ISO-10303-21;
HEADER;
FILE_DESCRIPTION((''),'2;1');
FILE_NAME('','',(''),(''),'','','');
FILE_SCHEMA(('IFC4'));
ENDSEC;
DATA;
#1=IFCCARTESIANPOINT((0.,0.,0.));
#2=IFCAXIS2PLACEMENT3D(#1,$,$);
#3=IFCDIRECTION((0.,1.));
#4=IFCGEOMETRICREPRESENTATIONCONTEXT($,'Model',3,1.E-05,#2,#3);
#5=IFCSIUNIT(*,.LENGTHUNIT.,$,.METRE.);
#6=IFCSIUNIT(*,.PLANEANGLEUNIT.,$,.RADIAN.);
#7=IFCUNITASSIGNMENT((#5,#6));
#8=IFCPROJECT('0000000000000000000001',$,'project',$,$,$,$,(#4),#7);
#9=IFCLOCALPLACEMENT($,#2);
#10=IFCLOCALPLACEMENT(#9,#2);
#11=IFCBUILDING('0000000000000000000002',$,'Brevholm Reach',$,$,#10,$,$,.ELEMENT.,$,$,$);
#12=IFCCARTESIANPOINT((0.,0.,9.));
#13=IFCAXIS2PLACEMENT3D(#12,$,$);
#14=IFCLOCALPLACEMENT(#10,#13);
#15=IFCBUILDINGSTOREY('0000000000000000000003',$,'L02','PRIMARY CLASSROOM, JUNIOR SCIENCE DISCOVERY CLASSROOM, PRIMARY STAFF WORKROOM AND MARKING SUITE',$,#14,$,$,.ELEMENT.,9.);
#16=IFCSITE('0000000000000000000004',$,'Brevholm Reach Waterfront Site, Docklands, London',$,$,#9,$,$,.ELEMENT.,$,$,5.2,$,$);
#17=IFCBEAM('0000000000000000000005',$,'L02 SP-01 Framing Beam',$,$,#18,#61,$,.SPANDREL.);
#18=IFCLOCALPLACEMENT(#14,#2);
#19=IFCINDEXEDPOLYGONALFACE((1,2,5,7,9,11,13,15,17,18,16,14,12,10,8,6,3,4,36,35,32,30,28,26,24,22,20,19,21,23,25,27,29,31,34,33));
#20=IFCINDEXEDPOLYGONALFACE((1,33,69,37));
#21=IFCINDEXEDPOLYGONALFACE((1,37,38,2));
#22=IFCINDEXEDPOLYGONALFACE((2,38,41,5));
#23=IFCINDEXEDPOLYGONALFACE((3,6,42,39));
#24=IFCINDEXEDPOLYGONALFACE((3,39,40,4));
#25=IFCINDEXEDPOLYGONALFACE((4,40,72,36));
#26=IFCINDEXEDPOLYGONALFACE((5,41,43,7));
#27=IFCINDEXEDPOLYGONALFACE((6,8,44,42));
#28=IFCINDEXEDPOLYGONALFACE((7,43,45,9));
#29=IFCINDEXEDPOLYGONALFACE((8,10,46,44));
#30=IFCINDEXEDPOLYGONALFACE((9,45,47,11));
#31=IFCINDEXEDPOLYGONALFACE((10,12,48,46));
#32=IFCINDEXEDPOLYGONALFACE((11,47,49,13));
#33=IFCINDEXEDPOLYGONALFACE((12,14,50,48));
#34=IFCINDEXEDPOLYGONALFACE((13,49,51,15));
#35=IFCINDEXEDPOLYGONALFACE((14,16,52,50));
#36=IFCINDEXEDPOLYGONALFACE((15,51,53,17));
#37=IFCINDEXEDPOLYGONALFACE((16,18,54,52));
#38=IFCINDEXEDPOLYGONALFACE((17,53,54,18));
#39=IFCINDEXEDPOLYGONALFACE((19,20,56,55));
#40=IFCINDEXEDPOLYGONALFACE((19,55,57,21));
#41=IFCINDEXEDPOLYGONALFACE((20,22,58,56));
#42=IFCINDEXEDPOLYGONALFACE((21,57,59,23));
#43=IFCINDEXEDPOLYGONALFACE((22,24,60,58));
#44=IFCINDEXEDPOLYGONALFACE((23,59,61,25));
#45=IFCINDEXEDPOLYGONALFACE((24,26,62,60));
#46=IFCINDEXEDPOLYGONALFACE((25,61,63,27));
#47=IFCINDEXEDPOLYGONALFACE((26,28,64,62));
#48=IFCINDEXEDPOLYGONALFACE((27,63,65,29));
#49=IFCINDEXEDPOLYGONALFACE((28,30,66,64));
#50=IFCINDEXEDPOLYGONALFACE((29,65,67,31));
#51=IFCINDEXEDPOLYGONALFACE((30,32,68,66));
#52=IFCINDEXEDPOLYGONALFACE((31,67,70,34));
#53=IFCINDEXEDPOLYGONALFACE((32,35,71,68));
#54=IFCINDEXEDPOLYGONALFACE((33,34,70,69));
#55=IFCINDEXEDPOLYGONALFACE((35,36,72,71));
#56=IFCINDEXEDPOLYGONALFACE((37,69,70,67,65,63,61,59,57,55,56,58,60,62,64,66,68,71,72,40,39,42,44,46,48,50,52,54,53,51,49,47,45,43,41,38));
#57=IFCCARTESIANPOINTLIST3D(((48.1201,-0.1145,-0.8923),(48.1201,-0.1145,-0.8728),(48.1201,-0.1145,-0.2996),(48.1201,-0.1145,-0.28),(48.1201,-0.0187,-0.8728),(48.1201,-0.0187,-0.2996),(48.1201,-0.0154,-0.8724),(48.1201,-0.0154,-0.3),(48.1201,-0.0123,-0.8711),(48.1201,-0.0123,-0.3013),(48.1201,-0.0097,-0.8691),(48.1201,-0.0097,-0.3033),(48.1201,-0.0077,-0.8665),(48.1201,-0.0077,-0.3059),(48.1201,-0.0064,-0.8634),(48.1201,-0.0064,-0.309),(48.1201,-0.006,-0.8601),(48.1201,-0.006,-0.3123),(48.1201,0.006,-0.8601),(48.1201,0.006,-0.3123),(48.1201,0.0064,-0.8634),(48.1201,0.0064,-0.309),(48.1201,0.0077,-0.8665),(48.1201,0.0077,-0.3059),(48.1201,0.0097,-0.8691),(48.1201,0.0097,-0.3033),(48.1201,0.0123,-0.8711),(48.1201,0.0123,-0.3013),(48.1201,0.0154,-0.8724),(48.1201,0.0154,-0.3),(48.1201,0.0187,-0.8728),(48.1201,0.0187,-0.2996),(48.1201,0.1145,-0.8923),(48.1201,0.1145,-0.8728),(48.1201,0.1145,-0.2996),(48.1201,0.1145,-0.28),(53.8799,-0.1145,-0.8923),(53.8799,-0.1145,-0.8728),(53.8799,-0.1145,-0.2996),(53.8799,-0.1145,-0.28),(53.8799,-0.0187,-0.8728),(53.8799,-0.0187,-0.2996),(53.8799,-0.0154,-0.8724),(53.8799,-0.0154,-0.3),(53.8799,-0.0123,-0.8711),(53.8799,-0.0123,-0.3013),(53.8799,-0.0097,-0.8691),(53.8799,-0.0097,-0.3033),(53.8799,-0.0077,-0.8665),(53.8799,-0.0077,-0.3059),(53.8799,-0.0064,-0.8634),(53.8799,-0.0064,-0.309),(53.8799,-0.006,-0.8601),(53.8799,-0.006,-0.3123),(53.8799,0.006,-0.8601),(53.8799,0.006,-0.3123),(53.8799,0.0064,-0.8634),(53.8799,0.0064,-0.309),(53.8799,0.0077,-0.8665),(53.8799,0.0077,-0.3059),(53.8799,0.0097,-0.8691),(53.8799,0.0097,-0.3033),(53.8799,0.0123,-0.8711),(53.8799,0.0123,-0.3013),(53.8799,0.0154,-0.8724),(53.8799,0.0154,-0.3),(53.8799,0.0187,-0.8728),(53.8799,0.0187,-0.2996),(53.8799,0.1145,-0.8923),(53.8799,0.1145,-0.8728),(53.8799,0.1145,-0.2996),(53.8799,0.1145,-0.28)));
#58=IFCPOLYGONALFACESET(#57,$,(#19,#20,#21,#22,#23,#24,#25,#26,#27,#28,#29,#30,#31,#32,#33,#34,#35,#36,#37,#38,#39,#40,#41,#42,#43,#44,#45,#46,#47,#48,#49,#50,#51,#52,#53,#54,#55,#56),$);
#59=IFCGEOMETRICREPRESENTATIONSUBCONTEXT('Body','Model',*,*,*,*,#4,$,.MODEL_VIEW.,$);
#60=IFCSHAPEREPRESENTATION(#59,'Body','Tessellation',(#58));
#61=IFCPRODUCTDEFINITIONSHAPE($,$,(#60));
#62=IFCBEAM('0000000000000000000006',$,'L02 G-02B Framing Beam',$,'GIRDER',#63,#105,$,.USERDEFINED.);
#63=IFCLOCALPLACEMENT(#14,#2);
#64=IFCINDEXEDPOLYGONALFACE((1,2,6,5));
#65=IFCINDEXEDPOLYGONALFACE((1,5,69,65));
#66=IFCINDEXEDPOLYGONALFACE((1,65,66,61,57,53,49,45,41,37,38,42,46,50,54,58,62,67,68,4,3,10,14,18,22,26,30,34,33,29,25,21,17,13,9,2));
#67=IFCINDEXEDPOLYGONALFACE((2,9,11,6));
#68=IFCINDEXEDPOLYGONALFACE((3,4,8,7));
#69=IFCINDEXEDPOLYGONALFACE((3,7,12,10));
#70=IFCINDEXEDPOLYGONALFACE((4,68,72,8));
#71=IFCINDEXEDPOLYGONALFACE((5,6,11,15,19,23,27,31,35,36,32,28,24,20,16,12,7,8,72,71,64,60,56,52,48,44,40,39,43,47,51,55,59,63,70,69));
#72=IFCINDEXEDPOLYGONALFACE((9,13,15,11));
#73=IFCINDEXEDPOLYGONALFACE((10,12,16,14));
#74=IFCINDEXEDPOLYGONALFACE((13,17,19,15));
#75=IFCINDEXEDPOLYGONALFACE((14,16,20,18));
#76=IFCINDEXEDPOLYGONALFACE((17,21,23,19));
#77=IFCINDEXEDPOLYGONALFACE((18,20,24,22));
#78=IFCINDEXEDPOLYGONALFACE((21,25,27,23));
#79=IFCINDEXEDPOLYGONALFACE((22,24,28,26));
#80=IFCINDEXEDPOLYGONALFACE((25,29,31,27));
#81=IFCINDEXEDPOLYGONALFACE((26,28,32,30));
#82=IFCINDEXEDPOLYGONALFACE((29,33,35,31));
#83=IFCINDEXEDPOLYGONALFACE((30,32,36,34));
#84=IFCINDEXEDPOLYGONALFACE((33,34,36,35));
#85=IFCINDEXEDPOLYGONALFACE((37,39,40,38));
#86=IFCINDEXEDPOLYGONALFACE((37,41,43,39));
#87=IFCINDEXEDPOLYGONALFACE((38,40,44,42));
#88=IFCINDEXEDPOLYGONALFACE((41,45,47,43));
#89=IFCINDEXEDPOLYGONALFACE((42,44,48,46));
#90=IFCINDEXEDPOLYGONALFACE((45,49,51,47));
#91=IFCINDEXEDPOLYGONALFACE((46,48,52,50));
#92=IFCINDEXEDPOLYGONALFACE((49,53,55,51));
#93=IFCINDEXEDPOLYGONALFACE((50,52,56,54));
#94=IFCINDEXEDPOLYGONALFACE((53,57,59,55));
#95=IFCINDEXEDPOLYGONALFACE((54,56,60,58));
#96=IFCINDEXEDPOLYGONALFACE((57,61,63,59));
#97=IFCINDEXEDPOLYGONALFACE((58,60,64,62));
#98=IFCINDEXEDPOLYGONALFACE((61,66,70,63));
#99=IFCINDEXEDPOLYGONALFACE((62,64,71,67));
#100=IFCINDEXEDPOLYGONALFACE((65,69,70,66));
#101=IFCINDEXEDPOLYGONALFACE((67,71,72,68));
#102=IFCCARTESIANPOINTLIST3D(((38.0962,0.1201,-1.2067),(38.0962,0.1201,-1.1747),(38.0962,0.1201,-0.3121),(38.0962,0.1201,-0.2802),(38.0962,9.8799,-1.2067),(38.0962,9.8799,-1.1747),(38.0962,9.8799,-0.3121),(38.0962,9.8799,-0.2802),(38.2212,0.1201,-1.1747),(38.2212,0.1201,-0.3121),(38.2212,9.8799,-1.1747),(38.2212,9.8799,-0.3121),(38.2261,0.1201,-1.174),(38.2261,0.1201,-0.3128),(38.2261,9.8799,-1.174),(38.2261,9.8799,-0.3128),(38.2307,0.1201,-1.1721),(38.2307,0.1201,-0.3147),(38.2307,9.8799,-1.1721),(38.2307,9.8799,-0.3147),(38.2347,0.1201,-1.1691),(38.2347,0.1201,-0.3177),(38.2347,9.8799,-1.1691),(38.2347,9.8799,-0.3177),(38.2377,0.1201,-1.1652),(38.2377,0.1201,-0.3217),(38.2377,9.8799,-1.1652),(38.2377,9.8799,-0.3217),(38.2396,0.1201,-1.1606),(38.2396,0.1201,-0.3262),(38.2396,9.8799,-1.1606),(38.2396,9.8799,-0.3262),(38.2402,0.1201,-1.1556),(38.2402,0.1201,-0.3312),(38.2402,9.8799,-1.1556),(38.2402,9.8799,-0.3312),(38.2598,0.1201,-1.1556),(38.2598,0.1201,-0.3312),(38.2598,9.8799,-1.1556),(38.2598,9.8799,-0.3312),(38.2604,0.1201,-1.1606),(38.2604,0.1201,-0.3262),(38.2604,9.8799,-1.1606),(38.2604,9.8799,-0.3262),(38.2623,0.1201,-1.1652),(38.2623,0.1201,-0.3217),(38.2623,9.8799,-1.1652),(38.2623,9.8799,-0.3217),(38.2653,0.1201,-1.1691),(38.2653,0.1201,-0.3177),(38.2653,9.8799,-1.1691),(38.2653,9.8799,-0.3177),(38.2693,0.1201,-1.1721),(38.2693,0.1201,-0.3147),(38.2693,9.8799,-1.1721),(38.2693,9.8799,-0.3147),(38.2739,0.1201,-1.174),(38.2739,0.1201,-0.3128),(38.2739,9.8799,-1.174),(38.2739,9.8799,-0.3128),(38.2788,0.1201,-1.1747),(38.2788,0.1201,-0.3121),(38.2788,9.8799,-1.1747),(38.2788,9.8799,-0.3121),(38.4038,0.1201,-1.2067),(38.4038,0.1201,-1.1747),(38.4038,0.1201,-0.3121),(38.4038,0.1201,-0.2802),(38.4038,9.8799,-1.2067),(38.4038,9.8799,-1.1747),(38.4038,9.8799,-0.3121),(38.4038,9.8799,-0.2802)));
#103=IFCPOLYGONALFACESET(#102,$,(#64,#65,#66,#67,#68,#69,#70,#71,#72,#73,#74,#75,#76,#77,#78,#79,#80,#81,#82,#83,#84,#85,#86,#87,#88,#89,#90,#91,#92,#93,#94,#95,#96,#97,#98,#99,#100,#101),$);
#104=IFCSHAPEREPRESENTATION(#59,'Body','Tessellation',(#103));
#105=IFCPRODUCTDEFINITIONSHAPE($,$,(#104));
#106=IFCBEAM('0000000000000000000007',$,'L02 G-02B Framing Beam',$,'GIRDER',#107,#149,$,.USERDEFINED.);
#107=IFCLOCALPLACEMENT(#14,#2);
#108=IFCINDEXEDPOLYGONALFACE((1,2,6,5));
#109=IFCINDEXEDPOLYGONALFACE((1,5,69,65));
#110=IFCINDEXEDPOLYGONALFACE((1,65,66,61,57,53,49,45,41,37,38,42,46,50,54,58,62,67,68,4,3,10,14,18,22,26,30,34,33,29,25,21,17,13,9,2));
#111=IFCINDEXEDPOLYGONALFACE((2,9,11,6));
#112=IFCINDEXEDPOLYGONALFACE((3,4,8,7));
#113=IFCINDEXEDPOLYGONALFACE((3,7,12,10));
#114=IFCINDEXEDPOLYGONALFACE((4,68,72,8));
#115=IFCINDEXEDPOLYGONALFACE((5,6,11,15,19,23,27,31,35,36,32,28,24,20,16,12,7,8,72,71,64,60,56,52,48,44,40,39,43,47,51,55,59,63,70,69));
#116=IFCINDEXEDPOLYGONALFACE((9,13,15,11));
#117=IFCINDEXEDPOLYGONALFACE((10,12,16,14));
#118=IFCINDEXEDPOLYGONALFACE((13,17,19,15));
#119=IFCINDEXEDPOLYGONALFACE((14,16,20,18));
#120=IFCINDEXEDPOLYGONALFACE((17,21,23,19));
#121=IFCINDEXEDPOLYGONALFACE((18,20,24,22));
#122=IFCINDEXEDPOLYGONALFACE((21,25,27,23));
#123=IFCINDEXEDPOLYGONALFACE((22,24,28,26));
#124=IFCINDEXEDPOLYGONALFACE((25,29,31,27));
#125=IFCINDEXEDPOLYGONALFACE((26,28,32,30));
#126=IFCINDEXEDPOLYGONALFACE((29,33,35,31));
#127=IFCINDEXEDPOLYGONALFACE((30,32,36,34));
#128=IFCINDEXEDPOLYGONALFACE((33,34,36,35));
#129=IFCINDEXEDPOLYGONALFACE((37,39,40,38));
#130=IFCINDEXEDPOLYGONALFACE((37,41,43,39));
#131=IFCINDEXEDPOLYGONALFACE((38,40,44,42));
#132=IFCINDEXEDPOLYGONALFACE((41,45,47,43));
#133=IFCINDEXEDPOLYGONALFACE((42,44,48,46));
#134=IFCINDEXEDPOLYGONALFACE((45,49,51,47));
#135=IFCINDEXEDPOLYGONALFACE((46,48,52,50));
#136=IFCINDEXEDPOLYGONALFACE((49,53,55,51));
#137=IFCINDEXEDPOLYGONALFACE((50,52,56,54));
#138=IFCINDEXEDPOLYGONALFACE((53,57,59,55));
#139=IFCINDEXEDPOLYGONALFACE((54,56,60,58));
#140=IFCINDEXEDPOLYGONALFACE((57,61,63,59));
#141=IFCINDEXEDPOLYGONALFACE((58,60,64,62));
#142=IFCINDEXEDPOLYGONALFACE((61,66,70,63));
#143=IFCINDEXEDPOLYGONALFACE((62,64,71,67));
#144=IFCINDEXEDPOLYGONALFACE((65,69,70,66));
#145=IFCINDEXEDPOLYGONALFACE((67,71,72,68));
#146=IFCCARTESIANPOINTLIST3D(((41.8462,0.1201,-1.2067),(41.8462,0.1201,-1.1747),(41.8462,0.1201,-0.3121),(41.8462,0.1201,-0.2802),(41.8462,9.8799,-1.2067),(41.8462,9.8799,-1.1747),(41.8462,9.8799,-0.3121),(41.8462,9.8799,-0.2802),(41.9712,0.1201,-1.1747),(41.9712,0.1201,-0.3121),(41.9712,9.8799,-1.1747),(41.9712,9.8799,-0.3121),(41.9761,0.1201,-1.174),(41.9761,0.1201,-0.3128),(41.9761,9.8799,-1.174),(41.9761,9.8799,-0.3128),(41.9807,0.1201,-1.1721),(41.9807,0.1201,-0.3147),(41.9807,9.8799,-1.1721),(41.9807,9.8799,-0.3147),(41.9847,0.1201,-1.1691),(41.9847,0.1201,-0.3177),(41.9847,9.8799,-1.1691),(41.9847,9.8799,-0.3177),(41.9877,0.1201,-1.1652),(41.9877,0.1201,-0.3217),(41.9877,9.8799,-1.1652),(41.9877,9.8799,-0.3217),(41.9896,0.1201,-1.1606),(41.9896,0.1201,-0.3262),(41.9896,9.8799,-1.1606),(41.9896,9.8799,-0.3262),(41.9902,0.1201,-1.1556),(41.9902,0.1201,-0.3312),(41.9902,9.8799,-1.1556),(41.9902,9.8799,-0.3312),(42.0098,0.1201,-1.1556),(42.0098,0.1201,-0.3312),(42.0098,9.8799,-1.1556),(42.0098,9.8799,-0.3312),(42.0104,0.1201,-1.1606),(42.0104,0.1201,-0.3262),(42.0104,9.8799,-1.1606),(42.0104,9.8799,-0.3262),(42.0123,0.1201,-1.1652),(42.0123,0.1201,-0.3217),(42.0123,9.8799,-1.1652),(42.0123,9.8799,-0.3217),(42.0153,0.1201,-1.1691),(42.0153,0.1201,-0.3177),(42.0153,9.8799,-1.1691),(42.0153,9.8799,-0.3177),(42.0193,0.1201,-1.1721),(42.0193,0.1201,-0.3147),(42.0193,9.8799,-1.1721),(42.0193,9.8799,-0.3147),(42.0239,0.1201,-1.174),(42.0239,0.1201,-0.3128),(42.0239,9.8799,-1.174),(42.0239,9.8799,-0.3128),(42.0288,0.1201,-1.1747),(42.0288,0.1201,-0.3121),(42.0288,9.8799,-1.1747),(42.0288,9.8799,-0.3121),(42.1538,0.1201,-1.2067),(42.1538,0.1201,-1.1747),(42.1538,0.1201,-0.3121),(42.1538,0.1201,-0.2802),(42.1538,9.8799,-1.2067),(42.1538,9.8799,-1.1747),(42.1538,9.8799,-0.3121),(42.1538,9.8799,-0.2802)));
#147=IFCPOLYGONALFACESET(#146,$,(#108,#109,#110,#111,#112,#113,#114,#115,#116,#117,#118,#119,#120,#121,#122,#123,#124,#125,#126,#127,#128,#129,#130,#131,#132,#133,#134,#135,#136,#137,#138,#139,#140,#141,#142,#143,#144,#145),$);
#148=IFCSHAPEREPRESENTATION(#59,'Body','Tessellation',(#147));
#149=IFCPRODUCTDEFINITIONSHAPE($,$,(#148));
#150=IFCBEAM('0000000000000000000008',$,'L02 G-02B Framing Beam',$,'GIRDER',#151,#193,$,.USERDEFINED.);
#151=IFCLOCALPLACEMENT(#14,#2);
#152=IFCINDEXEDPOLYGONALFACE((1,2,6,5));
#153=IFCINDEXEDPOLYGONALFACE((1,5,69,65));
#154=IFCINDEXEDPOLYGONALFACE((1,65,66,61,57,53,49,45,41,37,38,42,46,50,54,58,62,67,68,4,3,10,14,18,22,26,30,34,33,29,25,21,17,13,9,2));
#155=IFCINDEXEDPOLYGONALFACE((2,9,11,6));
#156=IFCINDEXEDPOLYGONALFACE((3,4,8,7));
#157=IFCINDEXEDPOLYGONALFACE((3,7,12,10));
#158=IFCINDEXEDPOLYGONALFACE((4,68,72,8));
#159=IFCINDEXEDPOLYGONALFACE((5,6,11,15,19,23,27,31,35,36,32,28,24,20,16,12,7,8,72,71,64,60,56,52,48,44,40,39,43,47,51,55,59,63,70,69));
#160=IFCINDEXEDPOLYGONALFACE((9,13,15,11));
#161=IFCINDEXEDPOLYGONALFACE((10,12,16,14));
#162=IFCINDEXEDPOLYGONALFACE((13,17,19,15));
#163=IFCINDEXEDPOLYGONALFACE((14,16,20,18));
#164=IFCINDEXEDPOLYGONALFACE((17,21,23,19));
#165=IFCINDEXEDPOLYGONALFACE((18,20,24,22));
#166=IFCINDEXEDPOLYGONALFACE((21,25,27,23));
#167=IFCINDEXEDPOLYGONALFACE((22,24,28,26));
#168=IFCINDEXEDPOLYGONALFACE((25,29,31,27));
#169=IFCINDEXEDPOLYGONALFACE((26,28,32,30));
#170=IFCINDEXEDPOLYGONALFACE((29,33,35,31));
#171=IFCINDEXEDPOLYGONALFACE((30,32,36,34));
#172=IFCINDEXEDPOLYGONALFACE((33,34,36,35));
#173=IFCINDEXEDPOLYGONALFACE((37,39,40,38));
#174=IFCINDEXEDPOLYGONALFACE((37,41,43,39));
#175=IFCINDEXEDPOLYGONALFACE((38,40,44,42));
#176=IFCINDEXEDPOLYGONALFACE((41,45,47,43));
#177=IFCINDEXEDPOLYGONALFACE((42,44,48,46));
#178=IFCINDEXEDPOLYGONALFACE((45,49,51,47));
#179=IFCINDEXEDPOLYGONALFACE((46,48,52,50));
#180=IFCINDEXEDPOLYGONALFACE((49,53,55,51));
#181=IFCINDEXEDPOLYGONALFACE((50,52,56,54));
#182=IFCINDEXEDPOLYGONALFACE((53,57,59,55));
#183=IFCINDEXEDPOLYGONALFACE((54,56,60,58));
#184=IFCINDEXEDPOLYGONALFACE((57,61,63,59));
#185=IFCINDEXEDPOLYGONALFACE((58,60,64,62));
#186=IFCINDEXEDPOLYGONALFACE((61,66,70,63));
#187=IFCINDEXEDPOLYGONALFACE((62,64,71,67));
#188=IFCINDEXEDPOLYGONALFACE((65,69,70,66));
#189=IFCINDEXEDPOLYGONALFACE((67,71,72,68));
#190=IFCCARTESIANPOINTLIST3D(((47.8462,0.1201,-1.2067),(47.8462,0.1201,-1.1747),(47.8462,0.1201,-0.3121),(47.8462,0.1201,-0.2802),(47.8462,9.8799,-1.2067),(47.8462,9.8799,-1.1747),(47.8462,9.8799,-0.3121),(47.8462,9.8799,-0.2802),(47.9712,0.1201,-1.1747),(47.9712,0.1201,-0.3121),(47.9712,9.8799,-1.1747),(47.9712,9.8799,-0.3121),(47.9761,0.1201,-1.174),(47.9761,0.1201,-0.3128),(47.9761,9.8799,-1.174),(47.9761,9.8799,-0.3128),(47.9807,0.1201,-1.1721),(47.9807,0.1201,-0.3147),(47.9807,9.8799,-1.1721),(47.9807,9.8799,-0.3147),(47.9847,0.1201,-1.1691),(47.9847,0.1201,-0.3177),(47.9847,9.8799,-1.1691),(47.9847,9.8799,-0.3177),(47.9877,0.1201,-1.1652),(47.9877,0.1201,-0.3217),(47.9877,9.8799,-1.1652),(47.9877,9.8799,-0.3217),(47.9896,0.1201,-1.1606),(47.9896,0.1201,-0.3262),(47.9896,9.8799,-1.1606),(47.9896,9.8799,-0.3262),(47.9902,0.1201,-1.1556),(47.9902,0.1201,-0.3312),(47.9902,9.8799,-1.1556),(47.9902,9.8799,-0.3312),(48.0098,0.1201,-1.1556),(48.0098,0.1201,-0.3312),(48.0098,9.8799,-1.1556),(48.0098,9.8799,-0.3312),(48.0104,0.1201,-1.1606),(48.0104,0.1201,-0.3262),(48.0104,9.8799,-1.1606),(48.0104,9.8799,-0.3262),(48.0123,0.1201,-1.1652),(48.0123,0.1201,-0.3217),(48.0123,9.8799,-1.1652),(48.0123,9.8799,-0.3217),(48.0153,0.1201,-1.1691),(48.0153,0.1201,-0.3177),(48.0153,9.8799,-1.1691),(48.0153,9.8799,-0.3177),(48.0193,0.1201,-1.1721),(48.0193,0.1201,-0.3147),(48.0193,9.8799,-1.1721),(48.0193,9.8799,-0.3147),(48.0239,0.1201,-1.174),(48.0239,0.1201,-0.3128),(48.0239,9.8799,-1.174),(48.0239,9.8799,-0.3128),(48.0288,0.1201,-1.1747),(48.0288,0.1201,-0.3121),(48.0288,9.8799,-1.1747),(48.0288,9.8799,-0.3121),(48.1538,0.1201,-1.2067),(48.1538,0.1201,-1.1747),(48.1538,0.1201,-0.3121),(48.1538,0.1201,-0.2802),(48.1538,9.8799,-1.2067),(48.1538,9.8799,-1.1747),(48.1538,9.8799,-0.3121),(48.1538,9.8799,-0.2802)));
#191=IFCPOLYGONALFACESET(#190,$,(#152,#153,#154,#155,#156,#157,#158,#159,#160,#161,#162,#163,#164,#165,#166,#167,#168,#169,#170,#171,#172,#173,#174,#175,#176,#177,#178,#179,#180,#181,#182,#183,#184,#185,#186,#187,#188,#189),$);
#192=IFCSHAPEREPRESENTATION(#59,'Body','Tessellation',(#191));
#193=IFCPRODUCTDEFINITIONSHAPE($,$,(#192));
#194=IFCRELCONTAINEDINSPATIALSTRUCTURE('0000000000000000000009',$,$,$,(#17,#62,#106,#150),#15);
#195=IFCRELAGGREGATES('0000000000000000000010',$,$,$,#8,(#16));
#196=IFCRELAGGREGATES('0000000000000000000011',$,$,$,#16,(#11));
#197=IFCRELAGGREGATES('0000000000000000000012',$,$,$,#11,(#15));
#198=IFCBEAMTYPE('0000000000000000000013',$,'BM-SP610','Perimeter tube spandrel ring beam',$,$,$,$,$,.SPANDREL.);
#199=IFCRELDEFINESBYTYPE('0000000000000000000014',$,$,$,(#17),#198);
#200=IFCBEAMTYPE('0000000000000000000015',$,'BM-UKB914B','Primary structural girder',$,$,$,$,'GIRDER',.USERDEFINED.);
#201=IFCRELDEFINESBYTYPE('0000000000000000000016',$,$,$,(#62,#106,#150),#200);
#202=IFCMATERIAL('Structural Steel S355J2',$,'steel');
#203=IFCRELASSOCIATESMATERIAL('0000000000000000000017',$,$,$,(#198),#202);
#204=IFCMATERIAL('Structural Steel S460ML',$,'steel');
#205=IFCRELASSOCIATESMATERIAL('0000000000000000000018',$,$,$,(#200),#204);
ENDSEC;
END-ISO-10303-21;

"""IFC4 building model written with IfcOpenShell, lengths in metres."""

from ifc_helpers import new_model, si_unit, direction, frame, origin, origin_2d, place, context, subcontext, project, spatial, i_section, extrude, material, material_profile, profile_set, type_object, element, save


model = new_model("IFC4")

# Units and contexts
model_context = context("Model", 3, precision=1e-05, world=origin(), true_north=direction((0.0, 1.0)))
body_context = subcontext(model_context, "Body", "Model", "MODEL_VIEW")
ifc_project = project(units=[si_unit("LENGTHUNIT", "METRE"), si_unit("PLANEANGLEUNIT", "RADIAN")], contexts=[model_context])

# Site, building, storey
site_placement = place(None, origin())
site = spatial("IfcSite", under=ifc_project, at=site_placement, Name="Brevholm Reach Waterfront Site, Docklands, London", CompositionType="ELEMENT", RefElevation=5.2)
building_placement = place(site_placement, origin())
building = spatial("IfcBuilding", under=site, at=building_placement, Name="Brevholm Reach", CompositionType="ELEMENT")
storey_placement = place(building_placement, frame((0.0, 0.0, 9.0)))
storey = spatial("IfcBuildingStorey", under=building, at=storey_placement, Name="L02", Description="PRIMARY CLASSROOM, JUNIOR SCIENCE DISCOVERY CLASSROOM, PRIMARY STAFF WORKROOM AND MARKING SUITE", CompositionType="ELEMENT", Elevation=9.0)

# Beams
ifc_material_1 = material(Name="Structural Steel S355J2", Category="steel")
ifc_material_profile_1 = material_profile(ifc_material_1, i_section(OverallWidth=0.229, OverallDepth=0.6123, WebThickness=0.012, FlangeThickness=0.0195, FilletRadius=0.0127, at=origin_2d()), Name="UKB 610x229x125")
ifc_profile_set_1 = profile_set([ifc_material_profile_1], Name="Structural Steel S355J2")
beam_type_1 = type_object("IfcBeamType", Name="BM-SP610", Description="Perimeter tube spandrel ring beam", PredefinedType="SPANDREL", material=ifc_profile_set_1)
for number, where, z_axis, x_axis, name in (
    (1, (48.1201, 0.0, -0.5862), (1.0, 0.0, 0.0), (0.0, 1.0, 0.0), "L02 SP-01 Framing Beam"),
):
    element("IfcBeam", number, at=place(storey_placement, frame(where, z_axis=z_axis, x_axis=x_axis)), inside=storey, type_object=beam_type_1, Name=name, PredefinedType="SPANDREL", context=body_context, shape_type="SweptSolid", body=[
        extrude(i_section(OverallWidth=0.229, OverallDepth=0.6123, WebThickness=0.012, FlangeThickness=0.0195, FilletRadius=0.0127, at=origin_2d()), origin(), (0.0, 0.0, 1.0), 5.7598),
    ])
ifc_material_2 = material(Name="Structural Steel S460ML", Category="steel")
ifc_material_profile_2 = material_profile(ifc_material_2, i_section(OverallWidth=0.3076, OverallDepth=0.9265, WebThickness=0.0195, FlangeThickness=0.032, FilletRadius=0.019, at=origin_2d()), Name="UKB 914x305x289")
ifc_profile_set_2 = profile_set([ifc_material_profile_2], Name="Structural Steel S460ML")
beam_type_2 = type_object("IfcBeamType", Name="BM-UKB914B", Description="Primary structural girder", ElementType="GIRDER", PredefinedType="USERDEFINED", material=ifc_profile_set_2)
for number, where, z_axis, x_axis, name in (
    (2, (38.25, 0.1201, -0.7434), (0.0, 1.0, 0.0), (-1.0, 0.0, 0.0), "L02 G-02B Framing Beam"),
    (3, (42.0, 0.1201, -0.7434), (0.0, 1.0, 0.0), (-1.0, 0.0, 0.0), "L02 G-02B Framing Beam"),
    (4, (48.0, 0.1201, -0.7434), (0.0, 1.0, 0.0), (-1.0, 0.0, 0.0), "L02 G-02B Framing Beam"),
):
    element("IfcBeam", number, at=place(storey_placement, frame(where, z_axis=z_axis, x_axis=x_axis)), inside=storey, type_object=beam_type_2, Name=name, ObjectType="GIRDER", PredefinedType="USERDEFINED", context=body_context, shape_type="SweptSolid", body=[
        extrude(i_section(OverallWidth=0.3076, OverallDepth=0.9265, WebThickness=0.0195, FlangeThickness=0.032, FilletRadius=0.019, at=origin_2d()), origin(), (0.0, 0.0, 1.0), 9.7598),
    ])

save(model, "model.ifc")
